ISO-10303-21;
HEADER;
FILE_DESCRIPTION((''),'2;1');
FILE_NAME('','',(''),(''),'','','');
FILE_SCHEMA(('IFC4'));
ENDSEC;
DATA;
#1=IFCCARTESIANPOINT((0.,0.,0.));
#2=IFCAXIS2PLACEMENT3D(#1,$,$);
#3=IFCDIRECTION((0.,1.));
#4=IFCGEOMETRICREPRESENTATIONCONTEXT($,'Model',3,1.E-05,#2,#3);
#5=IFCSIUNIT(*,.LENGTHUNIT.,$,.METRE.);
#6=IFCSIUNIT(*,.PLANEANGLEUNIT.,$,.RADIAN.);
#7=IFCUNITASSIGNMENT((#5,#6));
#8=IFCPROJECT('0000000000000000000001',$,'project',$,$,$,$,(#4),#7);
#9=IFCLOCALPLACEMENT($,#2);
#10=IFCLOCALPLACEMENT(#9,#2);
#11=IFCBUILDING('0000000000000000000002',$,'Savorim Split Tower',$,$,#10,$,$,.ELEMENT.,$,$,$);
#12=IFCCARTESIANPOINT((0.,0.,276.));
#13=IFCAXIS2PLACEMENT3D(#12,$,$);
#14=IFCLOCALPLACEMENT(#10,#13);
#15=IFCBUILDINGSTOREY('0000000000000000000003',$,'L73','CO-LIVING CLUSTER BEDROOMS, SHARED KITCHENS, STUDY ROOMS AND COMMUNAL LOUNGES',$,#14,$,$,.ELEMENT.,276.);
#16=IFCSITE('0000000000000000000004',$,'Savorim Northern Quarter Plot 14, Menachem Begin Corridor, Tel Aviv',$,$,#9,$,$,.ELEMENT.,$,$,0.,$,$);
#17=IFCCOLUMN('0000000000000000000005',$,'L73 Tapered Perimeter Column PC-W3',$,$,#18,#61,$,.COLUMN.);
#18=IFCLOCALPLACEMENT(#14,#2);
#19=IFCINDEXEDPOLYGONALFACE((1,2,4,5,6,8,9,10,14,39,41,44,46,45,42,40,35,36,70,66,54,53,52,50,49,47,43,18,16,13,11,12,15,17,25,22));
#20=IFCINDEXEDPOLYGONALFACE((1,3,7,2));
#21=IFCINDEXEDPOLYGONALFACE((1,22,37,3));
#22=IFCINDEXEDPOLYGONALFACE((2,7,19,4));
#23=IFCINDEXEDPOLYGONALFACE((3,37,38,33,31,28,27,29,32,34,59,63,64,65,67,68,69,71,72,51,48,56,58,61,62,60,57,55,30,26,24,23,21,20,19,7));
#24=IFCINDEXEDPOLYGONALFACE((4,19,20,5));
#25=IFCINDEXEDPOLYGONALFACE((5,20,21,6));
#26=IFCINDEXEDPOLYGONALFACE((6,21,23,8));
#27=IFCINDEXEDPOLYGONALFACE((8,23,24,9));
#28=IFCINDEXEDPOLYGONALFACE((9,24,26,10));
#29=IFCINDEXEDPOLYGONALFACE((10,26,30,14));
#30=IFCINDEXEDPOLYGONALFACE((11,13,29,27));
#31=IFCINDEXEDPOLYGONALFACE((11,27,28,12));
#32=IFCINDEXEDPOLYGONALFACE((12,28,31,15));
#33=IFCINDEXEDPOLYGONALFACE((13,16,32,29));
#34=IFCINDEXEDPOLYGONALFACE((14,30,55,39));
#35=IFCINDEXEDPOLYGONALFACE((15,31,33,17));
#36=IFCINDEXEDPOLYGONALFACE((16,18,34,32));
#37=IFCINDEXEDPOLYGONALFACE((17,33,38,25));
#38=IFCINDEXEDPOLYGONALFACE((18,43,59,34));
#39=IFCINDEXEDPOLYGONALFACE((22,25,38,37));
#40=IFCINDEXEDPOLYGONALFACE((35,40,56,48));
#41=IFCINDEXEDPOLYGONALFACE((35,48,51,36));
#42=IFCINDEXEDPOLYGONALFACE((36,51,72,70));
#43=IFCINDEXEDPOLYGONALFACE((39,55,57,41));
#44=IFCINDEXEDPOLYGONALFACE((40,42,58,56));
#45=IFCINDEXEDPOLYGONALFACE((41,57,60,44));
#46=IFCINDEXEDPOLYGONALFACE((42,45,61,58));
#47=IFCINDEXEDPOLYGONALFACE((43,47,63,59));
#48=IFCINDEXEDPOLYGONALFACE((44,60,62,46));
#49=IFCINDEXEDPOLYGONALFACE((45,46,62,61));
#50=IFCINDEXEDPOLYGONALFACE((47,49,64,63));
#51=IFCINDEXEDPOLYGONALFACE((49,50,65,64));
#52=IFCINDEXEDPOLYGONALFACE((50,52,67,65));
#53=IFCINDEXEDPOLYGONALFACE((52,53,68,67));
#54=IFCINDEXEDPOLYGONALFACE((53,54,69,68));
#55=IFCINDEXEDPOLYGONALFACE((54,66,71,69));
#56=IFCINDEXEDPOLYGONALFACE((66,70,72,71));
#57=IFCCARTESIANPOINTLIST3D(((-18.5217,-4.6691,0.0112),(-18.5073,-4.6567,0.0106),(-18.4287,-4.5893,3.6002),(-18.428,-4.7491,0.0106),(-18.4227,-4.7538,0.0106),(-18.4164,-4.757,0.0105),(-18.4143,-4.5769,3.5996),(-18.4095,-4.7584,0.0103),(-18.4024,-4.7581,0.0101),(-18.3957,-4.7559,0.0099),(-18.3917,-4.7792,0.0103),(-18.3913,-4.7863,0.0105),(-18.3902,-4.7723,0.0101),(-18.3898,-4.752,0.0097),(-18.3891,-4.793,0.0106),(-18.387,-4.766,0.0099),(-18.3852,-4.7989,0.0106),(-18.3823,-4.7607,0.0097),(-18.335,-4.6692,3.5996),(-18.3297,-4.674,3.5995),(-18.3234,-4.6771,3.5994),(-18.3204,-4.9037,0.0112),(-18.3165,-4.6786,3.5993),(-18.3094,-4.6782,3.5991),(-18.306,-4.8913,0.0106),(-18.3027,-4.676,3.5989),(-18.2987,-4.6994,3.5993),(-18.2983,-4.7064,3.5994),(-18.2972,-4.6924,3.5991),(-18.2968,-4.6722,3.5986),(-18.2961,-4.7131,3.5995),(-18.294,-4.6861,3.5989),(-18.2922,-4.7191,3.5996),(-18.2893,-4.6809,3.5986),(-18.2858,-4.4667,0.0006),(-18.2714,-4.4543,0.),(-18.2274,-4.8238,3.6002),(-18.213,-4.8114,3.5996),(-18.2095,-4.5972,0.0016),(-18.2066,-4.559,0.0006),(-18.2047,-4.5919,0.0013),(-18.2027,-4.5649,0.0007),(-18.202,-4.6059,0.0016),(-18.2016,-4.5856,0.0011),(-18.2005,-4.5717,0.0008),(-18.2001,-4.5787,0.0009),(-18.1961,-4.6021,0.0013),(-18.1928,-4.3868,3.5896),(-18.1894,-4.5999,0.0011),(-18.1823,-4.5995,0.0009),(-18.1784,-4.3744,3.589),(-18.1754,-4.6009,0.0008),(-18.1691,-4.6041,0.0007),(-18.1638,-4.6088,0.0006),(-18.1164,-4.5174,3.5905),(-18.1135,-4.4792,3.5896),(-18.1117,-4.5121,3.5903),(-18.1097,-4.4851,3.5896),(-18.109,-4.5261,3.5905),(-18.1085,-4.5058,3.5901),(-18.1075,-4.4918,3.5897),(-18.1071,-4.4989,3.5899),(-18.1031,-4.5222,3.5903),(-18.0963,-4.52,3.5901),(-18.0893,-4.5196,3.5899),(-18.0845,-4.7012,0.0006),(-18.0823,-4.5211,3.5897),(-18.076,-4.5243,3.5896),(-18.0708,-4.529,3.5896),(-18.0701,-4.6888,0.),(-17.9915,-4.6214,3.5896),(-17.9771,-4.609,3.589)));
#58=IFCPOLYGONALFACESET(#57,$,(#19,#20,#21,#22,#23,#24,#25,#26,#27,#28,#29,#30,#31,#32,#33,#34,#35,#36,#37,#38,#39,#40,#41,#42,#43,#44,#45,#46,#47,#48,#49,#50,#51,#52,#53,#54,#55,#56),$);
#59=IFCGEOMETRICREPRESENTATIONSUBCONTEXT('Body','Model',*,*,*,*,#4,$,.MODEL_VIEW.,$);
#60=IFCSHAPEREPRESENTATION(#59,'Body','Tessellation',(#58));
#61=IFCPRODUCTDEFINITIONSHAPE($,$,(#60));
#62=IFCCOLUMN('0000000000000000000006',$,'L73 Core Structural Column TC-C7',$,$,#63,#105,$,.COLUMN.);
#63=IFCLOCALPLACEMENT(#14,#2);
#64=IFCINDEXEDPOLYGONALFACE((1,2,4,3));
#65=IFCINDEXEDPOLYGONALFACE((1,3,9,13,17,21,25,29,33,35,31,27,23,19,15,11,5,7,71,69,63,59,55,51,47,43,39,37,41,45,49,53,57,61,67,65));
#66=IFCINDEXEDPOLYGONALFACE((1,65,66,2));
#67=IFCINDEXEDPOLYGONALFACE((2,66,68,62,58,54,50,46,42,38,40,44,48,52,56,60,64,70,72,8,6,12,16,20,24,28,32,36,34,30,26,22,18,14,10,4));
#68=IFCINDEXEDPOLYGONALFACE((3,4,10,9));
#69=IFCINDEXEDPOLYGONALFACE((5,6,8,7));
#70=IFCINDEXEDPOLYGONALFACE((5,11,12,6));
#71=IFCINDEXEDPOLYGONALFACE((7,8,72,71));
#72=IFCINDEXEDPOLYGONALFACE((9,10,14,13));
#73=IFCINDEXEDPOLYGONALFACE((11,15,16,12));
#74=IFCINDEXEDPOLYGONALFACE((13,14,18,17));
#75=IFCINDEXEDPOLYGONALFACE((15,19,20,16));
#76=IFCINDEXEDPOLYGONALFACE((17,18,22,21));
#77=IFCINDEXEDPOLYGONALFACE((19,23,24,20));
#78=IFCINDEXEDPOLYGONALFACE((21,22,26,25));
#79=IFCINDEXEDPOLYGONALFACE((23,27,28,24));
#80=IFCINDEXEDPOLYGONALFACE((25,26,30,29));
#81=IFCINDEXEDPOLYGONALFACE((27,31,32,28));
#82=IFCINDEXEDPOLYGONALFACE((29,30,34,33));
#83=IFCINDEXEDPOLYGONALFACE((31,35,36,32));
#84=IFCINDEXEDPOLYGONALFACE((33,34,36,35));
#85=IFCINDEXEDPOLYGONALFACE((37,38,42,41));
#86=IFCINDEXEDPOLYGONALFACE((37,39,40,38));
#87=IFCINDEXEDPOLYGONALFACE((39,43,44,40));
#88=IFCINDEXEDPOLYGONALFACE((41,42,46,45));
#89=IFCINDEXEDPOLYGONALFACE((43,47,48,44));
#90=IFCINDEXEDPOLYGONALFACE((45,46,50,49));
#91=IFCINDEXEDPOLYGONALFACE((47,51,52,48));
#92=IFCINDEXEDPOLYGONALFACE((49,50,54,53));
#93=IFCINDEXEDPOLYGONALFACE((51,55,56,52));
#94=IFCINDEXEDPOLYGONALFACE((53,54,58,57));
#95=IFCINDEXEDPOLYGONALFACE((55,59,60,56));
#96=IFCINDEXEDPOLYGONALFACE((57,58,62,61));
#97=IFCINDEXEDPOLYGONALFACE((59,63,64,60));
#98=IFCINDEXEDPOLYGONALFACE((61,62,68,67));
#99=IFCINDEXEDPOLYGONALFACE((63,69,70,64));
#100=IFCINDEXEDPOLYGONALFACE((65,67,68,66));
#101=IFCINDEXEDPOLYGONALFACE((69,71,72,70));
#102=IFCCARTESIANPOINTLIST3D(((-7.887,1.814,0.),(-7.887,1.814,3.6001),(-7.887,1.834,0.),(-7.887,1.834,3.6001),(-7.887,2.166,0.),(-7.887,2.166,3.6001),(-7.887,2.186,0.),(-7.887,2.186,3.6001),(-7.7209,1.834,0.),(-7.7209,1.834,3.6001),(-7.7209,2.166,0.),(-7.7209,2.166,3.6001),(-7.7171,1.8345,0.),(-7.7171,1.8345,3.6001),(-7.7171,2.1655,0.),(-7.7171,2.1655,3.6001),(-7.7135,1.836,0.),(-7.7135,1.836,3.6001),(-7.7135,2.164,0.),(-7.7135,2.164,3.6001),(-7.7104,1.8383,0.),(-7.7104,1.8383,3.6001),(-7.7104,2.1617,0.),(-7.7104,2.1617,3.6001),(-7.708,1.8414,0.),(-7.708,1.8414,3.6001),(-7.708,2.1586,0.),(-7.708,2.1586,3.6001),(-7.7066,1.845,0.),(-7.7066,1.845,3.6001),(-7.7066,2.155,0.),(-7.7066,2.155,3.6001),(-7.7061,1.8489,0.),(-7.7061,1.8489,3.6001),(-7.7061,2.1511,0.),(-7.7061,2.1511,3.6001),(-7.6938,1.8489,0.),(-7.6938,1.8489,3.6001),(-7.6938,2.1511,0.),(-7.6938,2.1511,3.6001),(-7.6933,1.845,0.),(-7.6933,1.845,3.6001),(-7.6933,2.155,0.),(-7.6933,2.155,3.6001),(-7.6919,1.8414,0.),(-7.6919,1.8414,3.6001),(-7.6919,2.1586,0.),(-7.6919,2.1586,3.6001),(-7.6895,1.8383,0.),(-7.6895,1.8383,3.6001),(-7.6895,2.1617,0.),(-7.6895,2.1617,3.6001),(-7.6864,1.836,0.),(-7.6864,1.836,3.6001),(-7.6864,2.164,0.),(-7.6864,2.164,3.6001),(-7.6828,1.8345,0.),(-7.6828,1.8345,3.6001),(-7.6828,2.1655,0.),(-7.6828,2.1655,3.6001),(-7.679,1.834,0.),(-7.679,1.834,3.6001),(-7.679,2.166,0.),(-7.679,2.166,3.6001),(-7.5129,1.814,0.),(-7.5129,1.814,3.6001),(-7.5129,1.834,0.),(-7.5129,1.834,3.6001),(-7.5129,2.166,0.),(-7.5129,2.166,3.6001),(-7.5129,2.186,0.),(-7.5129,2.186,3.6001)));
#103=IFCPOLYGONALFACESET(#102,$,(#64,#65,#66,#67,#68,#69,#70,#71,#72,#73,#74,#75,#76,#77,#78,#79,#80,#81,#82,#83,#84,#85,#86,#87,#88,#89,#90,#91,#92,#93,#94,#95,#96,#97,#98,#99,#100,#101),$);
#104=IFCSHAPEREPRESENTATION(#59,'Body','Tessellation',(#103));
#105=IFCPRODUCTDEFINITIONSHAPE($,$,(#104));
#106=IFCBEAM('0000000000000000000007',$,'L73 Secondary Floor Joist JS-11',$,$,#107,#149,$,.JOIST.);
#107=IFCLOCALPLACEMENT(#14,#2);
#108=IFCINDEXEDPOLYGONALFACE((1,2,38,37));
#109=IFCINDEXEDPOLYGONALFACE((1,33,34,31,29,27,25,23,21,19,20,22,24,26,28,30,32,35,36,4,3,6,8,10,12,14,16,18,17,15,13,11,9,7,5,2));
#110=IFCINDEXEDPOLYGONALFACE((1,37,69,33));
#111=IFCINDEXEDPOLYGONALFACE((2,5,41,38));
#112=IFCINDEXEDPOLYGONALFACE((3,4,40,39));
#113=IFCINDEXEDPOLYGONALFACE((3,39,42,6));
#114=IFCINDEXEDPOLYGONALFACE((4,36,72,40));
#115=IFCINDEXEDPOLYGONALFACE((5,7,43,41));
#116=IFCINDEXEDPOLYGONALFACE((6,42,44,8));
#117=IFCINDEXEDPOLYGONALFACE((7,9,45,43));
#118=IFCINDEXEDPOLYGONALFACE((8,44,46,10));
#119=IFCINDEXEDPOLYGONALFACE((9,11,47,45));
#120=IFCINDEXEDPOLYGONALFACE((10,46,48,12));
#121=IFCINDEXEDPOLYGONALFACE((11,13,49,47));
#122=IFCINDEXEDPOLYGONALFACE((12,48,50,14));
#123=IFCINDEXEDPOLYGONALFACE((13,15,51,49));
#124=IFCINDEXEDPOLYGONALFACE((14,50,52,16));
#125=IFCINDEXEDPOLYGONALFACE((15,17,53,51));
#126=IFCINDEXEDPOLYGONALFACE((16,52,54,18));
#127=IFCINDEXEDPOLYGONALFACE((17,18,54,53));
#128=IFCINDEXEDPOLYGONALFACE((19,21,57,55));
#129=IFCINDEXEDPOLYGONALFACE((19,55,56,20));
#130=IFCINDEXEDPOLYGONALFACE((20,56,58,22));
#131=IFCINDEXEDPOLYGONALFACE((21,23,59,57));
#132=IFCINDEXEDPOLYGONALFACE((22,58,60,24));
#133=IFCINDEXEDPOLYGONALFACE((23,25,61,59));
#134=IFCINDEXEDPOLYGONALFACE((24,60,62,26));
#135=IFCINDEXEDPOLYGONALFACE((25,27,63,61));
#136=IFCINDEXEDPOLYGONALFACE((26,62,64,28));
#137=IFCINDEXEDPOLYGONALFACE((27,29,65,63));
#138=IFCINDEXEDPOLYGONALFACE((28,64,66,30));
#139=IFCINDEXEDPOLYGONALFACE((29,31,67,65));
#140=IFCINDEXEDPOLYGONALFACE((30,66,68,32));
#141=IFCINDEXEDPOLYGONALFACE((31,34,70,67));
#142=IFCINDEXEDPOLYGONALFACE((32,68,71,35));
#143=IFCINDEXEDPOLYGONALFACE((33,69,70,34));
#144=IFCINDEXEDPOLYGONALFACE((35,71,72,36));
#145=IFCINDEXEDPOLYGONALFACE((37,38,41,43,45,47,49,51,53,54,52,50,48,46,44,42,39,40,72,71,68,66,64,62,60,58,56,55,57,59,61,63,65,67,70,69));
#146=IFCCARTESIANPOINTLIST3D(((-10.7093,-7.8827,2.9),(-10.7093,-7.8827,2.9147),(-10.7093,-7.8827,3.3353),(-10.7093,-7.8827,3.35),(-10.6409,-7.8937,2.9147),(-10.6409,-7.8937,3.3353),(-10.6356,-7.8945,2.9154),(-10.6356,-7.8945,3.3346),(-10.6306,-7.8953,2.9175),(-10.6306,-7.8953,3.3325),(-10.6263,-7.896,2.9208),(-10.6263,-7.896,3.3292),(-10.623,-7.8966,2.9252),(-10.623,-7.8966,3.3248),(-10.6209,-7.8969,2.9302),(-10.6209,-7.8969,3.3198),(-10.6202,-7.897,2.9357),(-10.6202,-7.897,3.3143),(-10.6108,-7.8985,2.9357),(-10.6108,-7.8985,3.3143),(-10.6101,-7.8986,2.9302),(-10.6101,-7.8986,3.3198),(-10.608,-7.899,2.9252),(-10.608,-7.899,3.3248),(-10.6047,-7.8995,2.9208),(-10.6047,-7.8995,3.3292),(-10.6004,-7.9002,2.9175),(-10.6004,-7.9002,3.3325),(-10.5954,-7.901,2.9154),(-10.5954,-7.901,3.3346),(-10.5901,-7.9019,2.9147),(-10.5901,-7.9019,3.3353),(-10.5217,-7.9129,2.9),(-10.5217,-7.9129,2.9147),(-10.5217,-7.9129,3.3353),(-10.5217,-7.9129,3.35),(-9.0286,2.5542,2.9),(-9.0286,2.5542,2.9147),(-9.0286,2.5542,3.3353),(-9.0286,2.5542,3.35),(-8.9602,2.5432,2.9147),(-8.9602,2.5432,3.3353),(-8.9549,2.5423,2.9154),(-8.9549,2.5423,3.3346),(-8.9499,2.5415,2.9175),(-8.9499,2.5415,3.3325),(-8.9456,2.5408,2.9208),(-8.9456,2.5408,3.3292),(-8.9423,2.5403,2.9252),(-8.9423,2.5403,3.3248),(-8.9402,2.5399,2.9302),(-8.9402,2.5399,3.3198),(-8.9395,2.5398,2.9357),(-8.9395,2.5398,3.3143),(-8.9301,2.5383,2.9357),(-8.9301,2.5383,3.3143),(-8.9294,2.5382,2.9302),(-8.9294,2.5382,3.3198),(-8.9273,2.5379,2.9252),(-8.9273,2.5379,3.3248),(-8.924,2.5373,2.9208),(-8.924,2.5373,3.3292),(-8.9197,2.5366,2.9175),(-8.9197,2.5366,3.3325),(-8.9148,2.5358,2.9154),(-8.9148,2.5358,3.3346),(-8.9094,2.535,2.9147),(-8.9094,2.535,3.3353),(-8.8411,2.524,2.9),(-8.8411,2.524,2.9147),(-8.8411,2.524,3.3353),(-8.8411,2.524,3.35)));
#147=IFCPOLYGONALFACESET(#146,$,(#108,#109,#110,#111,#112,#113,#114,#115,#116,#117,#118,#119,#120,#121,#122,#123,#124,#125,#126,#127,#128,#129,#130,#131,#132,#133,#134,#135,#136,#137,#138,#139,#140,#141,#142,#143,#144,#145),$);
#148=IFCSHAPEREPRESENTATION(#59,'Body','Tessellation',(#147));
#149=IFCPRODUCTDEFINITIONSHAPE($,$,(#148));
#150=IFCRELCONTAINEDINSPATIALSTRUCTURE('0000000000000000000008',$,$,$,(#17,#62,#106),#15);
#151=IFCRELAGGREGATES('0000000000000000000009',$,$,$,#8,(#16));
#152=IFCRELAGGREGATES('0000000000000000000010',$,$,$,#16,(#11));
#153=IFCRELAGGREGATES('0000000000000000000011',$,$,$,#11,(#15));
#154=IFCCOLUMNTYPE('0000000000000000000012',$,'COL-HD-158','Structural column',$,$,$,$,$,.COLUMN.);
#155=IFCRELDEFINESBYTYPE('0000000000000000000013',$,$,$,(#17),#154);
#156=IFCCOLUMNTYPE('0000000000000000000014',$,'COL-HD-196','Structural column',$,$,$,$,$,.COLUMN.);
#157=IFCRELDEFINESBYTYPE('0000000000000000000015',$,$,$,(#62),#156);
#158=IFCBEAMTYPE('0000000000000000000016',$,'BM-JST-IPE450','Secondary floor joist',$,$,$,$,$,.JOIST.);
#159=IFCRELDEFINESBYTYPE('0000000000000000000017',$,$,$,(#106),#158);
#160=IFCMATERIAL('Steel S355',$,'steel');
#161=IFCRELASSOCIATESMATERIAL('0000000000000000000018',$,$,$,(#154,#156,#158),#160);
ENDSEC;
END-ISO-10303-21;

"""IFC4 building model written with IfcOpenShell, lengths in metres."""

from ifc_helpers import new_model, si_unit, direction, frame, origin, origin_2d, place, context, subcontext, project, spatial, i_section, extrude, material, material_profile, profile_set, type_object, element, save


model = new_model("IFC4")

# Units and contexts
model_context = context("Model", 3, precision=1e-05, world=origin(), true_north=direction((0.0, 1.0)))
body_context = subcontext(model_context, "Body", "Model", "MODEL_VIEW")
ifc_project = project(units=[si_unit("LENGTHUNIT", "METRE"), si_unit("PLANEANGLEUNIT", "RADIAN")], contexts=[model_context])

# Site, building, storey
site_placement = place(None, origin())
site = spatial("IfcSite", under=ifc_project, at=site_placement, Name="Savorim Northern Quarter Plot 14, Menachem Begin Corridor, Tel Aviv", CompositionType="ELEMENT", RefElevation=0.0)
building_placement = place(site_placement, origin())
building = spatial("IfcBuilding", under=site, at=building_placement, Name="Savorim Split Tower", CompositionType="ELEMENT")
storey_placement = place(building_placement, frame((0.0, 0.0, 276.0)))
storey = spatial("IfcBuildingStorey", under=building, at=storey_placement, Name="L73", Description="CO-LIVING CLUSTER BEDROOMS, SHARED KITCHENS, STUDY ROOMS AND COMMUNAL LOUNGES", CompositionType="ELEMENT", Elevation=276.0)

# Columns
ifc_material_1 = material(Name="Steel S355", Category="steel")
ifc_material_profile_1 = material_profile(ifc_material_1, i_section(OverallWidth=0.3091, OverallDepth=0.3301, WebThickness=0.0115, FlangeThickness=0.019, FilletRadius=0.0271, at=origin_2d()), Name="HD 320x158")
ifc_profile_set_1 = profile_set([ifc_material_profile_1], Name="Steel S355")
column_type_1 = type_object("IfcColumnType", Name="COL-HD-158", Description="Structural column", PredefinedType="COLUMN", material=ifc_profile_set_1)
column_1_placement = place(storey_placement, frame((-18.2959, -4.679, 0.0056), z_axis=(0.025903, 0.022232, 0.999417), x_axis=(-0.651283, 0.758835, 0.0)))
element("IfcColumn", 1, at=column_1_placement, inside=storey, type_object=column_type_1, Name="L73 Tapered Perimeter Column PC-W3", PredefinedType="COLUMN", context=body_context, shape_type="SweptSolid", body=[
    extrude(i_section(OverallWidth=0.3091, OverallDepth=0.3301, WebThickness=0.0115, FlangeThickness=0.019, FilletRadius=0.0271, at=origin_2d()), origin(), (0.0, 0.0, 1.0), 3.5911),
])
ifc_material_profile_2 = material_profile(ifc_material_1, i_section(OverallWidth=0.374, OverallDepth=0.3721, WebThickness=0.0122, FlangeThickness=0.02, FilletRadius=0.0149, at=origin_2d()), Name="HD 360x196")
ifc_profile_set_2 = profile_set([ifc_material_profile_2], Name="Steel S355")
column_type_2 = type_object("IfcColumnType", Name="COL-HD-196", Description="Structural column", PredefinedType="COLUMN", material=ifc_profile_set_2)
column_2_placement = place(storey_placement, frame((-7.7, 2.0, 0.0), z_axis=(0.0, 0.0, 1.0), x_axis=(1.0, 0.0, 0.0)))
element("IfcColumn", 2, at=column_2_placement, inside=storey, type_object=column_type_2, Name="L73 Core Structural Column TC-C7", PredefinedType="COLUMN", context=body_context, shape_type="SweptSolid", body=[
    extrude(i_section(OverallWidth=0.374, OverallDepth=0.3721, WebThickness=0.0122, FlangeThickness=0.02, FilletRadius=0.0149, at=origin_2d()), origin(), (0.0, 0.0, 1.0), 3.6001),
])

# Beam
ifc_material_profile_3 = material_profile(ifc_material_1, i_section(OverallWidth=0.1899, OverallDepth=0.45, WebThickness=0.0095, FlangeThickness=0.0146, FilletRadius=0.021, at=origin_2d()), Name="IPE 450")
ifc_profile_set_3 = profile_set([ifc_material_profile_3], Name="Steel S355")
beam_type_1 = type_object("IfcBeamType", Name="BM-JST-IPE450", Description="Secondary floor joist", PredefinedType="JOIST", material=ifc_profile_set_3)
beam_1_placement = place(storey_placement, frame((-8.9348, 2.5391, 3.125), z_axis=(-0.158985, -0.987281, 0.0), x_axis=(0.987281, -0.158985, 0.0)))
element("IfcBeam", 3, at=beam_1_placement, inside=storey, type_object=beam_type_1, Name="L73 Secondary Floor Joist JS-11", PredefinedType="JOIST", context=body_context, shape_type="SweptSolid", body=[
    extrude(i_section(OverallWidth=0.1899, OverallDepth=0.45, WebThickness=0.0095, FlangeThickness=0.0146, FilletRadius=0.021, at=origin_2d()), origin(), (0.0, 0.0, 1.0), 10.5713),
])

save(model, "model.ifc")
